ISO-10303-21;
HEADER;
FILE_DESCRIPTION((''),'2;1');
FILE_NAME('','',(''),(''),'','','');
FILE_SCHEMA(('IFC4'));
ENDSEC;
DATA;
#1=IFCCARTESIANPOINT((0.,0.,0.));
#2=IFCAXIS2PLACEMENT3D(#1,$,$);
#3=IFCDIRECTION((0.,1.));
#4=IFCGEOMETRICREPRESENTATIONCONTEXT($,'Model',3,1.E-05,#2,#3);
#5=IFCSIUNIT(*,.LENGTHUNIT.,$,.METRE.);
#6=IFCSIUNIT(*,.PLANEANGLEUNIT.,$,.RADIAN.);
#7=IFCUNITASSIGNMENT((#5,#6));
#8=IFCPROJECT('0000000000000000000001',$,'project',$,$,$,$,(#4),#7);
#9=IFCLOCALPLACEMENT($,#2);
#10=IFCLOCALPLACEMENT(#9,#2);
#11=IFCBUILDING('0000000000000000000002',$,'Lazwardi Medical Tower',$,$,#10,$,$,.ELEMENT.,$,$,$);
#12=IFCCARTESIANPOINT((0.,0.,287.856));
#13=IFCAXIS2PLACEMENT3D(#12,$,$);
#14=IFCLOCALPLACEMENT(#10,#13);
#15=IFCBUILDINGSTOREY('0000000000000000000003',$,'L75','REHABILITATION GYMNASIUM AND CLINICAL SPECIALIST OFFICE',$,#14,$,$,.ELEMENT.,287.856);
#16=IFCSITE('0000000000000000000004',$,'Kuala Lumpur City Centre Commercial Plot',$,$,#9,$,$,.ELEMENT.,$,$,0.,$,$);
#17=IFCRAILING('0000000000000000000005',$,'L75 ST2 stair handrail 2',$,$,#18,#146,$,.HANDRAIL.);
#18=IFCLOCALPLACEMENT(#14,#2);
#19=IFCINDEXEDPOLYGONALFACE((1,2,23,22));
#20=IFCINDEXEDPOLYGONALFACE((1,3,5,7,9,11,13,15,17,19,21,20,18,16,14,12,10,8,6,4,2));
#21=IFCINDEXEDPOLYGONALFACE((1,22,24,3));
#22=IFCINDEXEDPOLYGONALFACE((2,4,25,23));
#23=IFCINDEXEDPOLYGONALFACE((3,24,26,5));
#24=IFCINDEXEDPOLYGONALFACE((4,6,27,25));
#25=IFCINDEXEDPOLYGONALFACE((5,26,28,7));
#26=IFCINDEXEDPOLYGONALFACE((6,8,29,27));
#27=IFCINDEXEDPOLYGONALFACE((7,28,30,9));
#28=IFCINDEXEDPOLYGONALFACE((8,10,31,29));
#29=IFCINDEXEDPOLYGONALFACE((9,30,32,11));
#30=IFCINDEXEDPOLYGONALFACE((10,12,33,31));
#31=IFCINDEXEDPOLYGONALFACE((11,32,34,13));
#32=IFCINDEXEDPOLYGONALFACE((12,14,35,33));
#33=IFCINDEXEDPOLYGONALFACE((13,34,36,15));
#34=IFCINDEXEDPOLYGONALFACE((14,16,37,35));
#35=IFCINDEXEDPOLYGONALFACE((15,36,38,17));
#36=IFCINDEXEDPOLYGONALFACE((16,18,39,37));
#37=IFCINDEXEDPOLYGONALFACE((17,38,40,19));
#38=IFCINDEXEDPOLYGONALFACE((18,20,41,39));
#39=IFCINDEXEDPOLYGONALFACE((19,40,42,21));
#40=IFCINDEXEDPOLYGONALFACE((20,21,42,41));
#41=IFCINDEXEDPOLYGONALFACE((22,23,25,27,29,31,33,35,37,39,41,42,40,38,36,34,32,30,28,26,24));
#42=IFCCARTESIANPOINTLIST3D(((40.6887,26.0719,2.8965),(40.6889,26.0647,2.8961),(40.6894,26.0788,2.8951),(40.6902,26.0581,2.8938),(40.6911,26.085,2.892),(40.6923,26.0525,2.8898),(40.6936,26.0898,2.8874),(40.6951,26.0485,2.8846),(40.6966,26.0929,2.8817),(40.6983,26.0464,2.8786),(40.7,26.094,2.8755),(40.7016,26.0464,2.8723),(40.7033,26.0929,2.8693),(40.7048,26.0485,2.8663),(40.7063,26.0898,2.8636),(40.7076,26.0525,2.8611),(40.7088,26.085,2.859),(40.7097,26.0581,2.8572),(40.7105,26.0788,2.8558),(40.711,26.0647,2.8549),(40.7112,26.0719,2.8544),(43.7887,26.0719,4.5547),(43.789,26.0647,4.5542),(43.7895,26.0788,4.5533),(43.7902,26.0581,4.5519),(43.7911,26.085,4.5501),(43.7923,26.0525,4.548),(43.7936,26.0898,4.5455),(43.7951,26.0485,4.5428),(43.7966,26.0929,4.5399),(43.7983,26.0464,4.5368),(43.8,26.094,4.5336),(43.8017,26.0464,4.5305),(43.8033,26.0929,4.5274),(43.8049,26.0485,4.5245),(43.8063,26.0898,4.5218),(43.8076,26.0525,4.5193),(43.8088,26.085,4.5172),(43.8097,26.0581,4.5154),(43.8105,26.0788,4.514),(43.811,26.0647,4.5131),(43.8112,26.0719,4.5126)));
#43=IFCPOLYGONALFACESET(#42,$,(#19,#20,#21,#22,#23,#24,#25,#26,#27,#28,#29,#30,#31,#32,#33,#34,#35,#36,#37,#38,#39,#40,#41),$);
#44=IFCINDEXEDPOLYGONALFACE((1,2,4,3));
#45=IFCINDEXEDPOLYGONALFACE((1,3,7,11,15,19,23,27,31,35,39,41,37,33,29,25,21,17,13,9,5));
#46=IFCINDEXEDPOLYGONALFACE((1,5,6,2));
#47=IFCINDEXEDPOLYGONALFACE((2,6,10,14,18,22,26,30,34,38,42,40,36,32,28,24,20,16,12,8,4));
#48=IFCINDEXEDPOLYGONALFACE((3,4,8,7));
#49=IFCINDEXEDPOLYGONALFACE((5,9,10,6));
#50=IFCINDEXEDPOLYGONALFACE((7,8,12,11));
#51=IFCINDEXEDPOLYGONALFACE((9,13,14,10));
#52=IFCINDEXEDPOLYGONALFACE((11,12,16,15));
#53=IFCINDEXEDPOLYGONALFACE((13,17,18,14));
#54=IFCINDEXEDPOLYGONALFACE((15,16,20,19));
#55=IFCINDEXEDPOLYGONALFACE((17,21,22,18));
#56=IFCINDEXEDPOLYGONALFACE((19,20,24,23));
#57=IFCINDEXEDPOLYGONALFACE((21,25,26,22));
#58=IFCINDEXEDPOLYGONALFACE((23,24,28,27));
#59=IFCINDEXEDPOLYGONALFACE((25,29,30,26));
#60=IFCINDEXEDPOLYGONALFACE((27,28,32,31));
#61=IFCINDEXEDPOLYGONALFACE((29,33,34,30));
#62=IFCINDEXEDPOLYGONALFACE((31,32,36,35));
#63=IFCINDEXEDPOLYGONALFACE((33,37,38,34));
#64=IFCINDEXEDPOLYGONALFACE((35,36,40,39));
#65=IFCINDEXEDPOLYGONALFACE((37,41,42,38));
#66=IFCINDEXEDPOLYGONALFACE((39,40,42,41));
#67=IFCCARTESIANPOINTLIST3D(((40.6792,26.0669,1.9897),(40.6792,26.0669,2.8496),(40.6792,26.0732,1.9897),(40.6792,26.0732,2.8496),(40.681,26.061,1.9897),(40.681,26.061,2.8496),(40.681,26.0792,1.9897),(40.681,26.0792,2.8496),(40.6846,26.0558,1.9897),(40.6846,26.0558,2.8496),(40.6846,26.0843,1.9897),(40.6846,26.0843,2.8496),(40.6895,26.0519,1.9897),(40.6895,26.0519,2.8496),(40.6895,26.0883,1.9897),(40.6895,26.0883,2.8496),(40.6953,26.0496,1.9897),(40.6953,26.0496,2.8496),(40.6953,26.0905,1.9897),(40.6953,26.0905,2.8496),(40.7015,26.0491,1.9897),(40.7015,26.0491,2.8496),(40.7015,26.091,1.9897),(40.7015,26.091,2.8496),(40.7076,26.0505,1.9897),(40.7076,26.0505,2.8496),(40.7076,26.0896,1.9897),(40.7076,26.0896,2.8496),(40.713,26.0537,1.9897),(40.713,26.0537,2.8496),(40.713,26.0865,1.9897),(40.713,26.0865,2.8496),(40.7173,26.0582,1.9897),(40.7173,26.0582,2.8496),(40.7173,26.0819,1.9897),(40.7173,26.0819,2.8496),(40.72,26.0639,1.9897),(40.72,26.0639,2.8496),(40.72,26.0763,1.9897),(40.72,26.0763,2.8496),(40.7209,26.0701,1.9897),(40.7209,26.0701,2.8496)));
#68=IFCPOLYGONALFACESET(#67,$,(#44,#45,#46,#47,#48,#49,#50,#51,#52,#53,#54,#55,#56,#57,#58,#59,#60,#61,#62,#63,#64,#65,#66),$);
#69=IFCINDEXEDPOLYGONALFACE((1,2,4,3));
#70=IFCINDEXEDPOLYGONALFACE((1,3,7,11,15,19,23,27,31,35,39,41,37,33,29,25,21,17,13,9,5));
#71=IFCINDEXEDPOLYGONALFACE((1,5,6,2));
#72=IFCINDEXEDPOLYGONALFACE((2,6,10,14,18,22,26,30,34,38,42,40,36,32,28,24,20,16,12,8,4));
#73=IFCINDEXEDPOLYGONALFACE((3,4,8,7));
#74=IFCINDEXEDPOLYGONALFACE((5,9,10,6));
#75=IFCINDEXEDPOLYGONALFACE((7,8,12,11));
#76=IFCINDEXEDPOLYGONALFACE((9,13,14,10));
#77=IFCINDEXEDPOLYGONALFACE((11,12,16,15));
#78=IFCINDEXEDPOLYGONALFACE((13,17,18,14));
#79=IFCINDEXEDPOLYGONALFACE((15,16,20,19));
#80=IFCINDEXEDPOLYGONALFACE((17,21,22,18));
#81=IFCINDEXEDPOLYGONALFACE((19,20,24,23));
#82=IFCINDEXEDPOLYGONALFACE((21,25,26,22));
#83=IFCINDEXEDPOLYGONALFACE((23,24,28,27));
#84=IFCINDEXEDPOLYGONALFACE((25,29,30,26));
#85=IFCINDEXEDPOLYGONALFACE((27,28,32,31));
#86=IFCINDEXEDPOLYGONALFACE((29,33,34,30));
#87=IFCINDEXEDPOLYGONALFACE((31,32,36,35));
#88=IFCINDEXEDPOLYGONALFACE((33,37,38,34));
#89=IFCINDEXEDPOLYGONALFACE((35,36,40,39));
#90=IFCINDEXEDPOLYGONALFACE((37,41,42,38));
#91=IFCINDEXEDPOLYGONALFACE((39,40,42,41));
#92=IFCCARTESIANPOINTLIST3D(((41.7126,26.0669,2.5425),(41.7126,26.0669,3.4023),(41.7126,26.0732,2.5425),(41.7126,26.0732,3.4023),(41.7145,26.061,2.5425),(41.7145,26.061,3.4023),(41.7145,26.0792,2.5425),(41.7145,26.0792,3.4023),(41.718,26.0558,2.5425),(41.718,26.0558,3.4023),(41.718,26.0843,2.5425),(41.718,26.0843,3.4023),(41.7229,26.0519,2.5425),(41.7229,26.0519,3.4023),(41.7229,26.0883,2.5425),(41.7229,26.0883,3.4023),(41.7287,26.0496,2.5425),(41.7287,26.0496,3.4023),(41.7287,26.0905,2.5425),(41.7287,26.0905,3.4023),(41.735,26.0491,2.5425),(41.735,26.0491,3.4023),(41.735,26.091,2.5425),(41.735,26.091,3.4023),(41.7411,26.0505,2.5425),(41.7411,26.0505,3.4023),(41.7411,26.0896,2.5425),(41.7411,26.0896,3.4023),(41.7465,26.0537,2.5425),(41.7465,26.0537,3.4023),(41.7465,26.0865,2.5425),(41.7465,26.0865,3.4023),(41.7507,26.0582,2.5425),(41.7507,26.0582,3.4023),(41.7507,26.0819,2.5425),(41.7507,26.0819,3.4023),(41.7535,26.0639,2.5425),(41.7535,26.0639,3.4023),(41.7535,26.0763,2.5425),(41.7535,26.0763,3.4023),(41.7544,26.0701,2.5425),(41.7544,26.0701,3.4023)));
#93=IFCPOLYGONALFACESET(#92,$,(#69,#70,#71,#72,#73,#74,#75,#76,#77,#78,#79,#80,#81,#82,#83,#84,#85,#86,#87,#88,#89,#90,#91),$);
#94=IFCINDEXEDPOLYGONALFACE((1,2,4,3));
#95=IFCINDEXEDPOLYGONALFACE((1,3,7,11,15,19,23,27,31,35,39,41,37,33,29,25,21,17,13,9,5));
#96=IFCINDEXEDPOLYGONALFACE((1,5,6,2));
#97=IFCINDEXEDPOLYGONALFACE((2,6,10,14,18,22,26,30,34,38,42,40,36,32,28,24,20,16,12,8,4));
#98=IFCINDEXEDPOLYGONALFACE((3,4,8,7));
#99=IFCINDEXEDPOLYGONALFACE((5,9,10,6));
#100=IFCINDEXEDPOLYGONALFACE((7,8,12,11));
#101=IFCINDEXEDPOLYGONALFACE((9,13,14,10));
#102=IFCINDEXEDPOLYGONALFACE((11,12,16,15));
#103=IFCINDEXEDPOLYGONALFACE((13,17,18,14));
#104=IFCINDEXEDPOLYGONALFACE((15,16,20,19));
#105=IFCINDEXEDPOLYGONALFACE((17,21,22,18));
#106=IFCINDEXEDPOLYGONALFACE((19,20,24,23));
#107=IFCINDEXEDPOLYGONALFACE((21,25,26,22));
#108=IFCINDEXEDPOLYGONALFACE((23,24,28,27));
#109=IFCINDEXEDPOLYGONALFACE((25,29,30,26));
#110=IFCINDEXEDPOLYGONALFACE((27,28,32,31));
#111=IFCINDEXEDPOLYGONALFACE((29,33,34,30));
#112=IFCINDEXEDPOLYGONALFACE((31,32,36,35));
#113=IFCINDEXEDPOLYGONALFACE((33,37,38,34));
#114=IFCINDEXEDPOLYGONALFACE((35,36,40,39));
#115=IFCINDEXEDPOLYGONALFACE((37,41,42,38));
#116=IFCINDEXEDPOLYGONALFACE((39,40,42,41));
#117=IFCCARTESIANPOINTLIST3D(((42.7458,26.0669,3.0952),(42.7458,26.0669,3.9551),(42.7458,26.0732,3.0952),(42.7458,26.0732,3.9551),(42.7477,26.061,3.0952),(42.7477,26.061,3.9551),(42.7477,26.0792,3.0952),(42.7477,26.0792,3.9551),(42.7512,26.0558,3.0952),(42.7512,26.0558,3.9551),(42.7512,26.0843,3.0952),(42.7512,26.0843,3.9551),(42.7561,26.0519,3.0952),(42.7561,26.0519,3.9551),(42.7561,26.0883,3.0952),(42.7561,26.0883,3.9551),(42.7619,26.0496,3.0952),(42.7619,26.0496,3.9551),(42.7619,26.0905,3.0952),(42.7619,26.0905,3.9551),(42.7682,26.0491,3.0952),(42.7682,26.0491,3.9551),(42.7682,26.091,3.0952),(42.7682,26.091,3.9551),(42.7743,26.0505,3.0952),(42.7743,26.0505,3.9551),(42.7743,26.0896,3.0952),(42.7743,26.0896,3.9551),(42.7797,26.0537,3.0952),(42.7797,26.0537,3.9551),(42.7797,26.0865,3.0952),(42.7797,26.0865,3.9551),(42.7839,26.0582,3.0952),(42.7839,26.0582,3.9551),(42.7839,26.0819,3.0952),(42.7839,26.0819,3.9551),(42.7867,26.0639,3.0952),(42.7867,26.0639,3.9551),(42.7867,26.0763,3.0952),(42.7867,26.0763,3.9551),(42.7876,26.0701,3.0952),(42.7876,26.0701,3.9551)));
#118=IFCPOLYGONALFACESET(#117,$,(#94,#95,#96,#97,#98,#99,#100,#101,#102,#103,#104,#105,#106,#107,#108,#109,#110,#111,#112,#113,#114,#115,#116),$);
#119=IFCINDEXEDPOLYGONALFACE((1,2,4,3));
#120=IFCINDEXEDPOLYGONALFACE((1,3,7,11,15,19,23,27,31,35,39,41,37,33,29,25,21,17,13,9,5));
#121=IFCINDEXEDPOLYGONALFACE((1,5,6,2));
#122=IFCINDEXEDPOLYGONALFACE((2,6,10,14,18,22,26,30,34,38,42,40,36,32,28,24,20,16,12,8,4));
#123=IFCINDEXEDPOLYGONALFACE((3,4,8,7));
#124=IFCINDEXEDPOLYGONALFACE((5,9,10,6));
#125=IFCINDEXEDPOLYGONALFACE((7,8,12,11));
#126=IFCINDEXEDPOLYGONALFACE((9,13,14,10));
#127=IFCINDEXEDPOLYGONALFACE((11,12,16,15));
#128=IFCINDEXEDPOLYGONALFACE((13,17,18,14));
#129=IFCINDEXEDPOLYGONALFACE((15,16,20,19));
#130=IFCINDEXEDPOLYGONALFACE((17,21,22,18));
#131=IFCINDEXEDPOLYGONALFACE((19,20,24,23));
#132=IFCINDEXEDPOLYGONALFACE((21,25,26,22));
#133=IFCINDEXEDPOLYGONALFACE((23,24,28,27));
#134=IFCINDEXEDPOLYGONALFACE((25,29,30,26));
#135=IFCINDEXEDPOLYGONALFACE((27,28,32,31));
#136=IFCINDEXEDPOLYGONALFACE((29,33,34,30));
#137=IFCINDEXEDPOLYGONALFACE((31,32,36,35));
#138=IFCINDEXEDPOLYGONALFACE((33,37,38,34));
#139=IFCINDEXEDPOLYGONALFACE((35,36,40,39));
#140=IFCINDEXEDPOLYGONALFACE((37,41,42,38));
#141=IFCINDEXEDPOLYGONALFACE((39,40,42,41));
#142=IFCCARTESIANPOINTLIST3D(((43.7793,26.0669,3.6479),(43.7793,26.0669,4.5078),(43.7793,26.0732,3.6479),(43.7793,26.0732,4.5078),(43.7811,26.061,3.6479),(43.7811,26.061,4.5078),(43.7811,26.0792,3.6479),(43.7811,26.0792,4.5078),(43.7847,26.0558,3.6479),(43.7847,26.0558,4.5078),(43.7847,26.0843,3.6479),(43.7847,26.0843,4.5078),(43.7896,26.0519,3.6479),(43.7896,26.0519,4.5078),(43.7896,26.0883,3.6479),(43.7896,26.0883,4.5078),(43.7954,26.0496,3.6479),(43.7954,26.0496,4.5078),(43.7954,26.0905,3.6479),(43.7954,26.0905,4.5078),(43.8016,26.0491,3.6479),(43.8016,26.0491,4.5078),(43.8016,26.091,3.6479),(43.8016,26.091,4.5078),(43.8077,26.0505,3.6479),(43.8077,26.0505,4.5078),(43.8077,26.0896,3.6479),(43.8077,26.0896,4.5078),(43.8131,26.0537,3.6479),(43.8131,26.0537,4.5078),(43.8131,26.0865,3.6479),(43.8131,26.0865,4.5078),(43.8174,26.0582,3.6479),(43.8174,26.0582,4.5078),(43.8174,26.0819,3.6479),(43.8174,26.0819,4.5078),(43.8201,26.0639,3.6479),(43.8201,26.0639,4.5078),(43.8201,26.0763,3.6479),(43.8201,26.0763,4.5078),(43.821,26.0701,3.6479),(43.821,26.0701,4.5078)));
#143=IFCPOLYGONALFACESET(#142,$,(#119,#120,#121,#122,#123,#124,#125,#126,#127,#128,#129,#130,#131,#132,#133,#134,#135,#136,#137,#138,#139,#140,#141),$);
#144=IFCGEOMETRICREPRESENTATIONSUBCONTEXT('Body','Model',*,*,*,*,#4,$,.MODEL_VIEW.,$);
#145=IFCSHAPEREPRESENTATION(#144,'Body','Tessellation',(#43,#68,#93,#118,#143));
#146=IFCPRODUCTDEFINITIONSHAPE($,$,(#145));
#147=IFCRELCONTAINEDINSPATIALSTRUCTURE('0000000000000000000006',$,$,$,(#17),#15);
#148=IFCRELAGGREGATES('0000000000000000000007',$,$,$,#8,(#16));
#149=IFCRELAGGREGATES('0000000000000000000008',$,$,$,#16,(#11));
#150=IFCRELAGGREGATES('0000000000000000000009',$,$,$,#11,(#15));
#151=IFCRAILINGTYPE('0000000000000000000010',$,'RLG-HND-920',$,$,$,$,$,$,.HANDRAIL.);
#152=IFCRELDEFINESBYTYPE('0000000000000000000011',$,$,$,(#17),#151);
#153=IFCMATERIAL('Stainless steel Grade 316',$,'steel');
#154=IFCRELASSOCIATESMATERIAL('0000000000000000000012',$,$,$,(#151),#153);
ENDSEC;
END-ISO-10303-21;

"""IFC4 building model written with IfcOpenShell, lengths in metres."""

from ifc_helpers import new_model, si_unit, direction, frame, origin, origin_2d, place, context, subcontext, project, spatial, circle, extrude, material, type_object, element, save


model = new_model("IFC4")

# Units and contexts
model_context = context("Model", 3, precision=1e-05, world=origin(), true_north=direction((0.0, 1.0)))
body_context = subcontext(model_context, "Body", "Model", "MODEL_VIEW")
ifc_project = project(units=[si_unit("LENGTHUNIT", "METRE"), si_unit("PLANEANGLEUNIT", "RADIAN")], contexts=[model_context])

# Site, building, storey
site_placement = place(None, origin())
site = spatial("IfcSite", under=ifc_project, at=site_placement, Name="Kuala Lumpur City Centre Commercial Plot", CompositionType="ELEMENT", RefElevation=0.0)
building_placement = place(site_placement, origin())
building = spatial("IfcBuilding", under=site, at=building_placement, Name="Lazwardi Medical Tower", CompositionType="ELEMENT")
storey_placement = place(building_placement, frame((0.0, 0.0, 287.856)))
storey = spatial("IfcBuildingStorey", under=building, at=storey_placement, Name="L75", Description="REHABILITATION GYMNASIUM AND CLINICAL SPECIALIST OFFICE", CompositionType="ELEMENT", Elevation=287.856)

# Railing
ifc_material_1 = material(Name="Stainless steel Grade 316", Category="steel")
railing_type_1 = type_object("IfcRailingType", Name="RLG-HND-920", PredefinedType="HANDRAIL", material=ifc_material_1)
railing_1_placement = place(storey_placement, frame((40.7, 26.0701, 1.9897)))
element("IfcRailing", 1, at=railing_1_placement, inside=storey, type_object=railing_type_1, Name="L75 ST2 stair handrail 2", PredefinedType="HANDRAIL", context=body_context, shape_type="SweptSolid", body=[
    extrude(circle(Radius=0.0239, at=origin_2d()), frame((0.0, 0.0, 0.8857), z_axis=(0.881783, 0.0, 0.471655), x_axis=(0.0, 1.0, 0.0)), (0.0, 0.0, 1.0), 3.5156),
    extrude(circle(Radius=0.021, at=origin_2d()), origin(), (0.0, 0.0, 1.0), 0.8599),
    extrude(circle(Radius=0.021, at=origin_2d()), frame((1.0334, 0.0, 0.5527)), (0.0, 0.0, 1.0), 0.8599),
    extrude(circle(Radius=0.021, at=origin_2d()), frame((2.0667, 0.0, 1.1055)), (0.0, 0.0, 1.0), 0.8599),
    extrude(circle(Radius=0.021, at=origin_2d()), frame((3.1001, 0.0, 1.6582)), (0.0, 0.0, 1.0), 0.8599),
])

save(model, "model.ifc")
